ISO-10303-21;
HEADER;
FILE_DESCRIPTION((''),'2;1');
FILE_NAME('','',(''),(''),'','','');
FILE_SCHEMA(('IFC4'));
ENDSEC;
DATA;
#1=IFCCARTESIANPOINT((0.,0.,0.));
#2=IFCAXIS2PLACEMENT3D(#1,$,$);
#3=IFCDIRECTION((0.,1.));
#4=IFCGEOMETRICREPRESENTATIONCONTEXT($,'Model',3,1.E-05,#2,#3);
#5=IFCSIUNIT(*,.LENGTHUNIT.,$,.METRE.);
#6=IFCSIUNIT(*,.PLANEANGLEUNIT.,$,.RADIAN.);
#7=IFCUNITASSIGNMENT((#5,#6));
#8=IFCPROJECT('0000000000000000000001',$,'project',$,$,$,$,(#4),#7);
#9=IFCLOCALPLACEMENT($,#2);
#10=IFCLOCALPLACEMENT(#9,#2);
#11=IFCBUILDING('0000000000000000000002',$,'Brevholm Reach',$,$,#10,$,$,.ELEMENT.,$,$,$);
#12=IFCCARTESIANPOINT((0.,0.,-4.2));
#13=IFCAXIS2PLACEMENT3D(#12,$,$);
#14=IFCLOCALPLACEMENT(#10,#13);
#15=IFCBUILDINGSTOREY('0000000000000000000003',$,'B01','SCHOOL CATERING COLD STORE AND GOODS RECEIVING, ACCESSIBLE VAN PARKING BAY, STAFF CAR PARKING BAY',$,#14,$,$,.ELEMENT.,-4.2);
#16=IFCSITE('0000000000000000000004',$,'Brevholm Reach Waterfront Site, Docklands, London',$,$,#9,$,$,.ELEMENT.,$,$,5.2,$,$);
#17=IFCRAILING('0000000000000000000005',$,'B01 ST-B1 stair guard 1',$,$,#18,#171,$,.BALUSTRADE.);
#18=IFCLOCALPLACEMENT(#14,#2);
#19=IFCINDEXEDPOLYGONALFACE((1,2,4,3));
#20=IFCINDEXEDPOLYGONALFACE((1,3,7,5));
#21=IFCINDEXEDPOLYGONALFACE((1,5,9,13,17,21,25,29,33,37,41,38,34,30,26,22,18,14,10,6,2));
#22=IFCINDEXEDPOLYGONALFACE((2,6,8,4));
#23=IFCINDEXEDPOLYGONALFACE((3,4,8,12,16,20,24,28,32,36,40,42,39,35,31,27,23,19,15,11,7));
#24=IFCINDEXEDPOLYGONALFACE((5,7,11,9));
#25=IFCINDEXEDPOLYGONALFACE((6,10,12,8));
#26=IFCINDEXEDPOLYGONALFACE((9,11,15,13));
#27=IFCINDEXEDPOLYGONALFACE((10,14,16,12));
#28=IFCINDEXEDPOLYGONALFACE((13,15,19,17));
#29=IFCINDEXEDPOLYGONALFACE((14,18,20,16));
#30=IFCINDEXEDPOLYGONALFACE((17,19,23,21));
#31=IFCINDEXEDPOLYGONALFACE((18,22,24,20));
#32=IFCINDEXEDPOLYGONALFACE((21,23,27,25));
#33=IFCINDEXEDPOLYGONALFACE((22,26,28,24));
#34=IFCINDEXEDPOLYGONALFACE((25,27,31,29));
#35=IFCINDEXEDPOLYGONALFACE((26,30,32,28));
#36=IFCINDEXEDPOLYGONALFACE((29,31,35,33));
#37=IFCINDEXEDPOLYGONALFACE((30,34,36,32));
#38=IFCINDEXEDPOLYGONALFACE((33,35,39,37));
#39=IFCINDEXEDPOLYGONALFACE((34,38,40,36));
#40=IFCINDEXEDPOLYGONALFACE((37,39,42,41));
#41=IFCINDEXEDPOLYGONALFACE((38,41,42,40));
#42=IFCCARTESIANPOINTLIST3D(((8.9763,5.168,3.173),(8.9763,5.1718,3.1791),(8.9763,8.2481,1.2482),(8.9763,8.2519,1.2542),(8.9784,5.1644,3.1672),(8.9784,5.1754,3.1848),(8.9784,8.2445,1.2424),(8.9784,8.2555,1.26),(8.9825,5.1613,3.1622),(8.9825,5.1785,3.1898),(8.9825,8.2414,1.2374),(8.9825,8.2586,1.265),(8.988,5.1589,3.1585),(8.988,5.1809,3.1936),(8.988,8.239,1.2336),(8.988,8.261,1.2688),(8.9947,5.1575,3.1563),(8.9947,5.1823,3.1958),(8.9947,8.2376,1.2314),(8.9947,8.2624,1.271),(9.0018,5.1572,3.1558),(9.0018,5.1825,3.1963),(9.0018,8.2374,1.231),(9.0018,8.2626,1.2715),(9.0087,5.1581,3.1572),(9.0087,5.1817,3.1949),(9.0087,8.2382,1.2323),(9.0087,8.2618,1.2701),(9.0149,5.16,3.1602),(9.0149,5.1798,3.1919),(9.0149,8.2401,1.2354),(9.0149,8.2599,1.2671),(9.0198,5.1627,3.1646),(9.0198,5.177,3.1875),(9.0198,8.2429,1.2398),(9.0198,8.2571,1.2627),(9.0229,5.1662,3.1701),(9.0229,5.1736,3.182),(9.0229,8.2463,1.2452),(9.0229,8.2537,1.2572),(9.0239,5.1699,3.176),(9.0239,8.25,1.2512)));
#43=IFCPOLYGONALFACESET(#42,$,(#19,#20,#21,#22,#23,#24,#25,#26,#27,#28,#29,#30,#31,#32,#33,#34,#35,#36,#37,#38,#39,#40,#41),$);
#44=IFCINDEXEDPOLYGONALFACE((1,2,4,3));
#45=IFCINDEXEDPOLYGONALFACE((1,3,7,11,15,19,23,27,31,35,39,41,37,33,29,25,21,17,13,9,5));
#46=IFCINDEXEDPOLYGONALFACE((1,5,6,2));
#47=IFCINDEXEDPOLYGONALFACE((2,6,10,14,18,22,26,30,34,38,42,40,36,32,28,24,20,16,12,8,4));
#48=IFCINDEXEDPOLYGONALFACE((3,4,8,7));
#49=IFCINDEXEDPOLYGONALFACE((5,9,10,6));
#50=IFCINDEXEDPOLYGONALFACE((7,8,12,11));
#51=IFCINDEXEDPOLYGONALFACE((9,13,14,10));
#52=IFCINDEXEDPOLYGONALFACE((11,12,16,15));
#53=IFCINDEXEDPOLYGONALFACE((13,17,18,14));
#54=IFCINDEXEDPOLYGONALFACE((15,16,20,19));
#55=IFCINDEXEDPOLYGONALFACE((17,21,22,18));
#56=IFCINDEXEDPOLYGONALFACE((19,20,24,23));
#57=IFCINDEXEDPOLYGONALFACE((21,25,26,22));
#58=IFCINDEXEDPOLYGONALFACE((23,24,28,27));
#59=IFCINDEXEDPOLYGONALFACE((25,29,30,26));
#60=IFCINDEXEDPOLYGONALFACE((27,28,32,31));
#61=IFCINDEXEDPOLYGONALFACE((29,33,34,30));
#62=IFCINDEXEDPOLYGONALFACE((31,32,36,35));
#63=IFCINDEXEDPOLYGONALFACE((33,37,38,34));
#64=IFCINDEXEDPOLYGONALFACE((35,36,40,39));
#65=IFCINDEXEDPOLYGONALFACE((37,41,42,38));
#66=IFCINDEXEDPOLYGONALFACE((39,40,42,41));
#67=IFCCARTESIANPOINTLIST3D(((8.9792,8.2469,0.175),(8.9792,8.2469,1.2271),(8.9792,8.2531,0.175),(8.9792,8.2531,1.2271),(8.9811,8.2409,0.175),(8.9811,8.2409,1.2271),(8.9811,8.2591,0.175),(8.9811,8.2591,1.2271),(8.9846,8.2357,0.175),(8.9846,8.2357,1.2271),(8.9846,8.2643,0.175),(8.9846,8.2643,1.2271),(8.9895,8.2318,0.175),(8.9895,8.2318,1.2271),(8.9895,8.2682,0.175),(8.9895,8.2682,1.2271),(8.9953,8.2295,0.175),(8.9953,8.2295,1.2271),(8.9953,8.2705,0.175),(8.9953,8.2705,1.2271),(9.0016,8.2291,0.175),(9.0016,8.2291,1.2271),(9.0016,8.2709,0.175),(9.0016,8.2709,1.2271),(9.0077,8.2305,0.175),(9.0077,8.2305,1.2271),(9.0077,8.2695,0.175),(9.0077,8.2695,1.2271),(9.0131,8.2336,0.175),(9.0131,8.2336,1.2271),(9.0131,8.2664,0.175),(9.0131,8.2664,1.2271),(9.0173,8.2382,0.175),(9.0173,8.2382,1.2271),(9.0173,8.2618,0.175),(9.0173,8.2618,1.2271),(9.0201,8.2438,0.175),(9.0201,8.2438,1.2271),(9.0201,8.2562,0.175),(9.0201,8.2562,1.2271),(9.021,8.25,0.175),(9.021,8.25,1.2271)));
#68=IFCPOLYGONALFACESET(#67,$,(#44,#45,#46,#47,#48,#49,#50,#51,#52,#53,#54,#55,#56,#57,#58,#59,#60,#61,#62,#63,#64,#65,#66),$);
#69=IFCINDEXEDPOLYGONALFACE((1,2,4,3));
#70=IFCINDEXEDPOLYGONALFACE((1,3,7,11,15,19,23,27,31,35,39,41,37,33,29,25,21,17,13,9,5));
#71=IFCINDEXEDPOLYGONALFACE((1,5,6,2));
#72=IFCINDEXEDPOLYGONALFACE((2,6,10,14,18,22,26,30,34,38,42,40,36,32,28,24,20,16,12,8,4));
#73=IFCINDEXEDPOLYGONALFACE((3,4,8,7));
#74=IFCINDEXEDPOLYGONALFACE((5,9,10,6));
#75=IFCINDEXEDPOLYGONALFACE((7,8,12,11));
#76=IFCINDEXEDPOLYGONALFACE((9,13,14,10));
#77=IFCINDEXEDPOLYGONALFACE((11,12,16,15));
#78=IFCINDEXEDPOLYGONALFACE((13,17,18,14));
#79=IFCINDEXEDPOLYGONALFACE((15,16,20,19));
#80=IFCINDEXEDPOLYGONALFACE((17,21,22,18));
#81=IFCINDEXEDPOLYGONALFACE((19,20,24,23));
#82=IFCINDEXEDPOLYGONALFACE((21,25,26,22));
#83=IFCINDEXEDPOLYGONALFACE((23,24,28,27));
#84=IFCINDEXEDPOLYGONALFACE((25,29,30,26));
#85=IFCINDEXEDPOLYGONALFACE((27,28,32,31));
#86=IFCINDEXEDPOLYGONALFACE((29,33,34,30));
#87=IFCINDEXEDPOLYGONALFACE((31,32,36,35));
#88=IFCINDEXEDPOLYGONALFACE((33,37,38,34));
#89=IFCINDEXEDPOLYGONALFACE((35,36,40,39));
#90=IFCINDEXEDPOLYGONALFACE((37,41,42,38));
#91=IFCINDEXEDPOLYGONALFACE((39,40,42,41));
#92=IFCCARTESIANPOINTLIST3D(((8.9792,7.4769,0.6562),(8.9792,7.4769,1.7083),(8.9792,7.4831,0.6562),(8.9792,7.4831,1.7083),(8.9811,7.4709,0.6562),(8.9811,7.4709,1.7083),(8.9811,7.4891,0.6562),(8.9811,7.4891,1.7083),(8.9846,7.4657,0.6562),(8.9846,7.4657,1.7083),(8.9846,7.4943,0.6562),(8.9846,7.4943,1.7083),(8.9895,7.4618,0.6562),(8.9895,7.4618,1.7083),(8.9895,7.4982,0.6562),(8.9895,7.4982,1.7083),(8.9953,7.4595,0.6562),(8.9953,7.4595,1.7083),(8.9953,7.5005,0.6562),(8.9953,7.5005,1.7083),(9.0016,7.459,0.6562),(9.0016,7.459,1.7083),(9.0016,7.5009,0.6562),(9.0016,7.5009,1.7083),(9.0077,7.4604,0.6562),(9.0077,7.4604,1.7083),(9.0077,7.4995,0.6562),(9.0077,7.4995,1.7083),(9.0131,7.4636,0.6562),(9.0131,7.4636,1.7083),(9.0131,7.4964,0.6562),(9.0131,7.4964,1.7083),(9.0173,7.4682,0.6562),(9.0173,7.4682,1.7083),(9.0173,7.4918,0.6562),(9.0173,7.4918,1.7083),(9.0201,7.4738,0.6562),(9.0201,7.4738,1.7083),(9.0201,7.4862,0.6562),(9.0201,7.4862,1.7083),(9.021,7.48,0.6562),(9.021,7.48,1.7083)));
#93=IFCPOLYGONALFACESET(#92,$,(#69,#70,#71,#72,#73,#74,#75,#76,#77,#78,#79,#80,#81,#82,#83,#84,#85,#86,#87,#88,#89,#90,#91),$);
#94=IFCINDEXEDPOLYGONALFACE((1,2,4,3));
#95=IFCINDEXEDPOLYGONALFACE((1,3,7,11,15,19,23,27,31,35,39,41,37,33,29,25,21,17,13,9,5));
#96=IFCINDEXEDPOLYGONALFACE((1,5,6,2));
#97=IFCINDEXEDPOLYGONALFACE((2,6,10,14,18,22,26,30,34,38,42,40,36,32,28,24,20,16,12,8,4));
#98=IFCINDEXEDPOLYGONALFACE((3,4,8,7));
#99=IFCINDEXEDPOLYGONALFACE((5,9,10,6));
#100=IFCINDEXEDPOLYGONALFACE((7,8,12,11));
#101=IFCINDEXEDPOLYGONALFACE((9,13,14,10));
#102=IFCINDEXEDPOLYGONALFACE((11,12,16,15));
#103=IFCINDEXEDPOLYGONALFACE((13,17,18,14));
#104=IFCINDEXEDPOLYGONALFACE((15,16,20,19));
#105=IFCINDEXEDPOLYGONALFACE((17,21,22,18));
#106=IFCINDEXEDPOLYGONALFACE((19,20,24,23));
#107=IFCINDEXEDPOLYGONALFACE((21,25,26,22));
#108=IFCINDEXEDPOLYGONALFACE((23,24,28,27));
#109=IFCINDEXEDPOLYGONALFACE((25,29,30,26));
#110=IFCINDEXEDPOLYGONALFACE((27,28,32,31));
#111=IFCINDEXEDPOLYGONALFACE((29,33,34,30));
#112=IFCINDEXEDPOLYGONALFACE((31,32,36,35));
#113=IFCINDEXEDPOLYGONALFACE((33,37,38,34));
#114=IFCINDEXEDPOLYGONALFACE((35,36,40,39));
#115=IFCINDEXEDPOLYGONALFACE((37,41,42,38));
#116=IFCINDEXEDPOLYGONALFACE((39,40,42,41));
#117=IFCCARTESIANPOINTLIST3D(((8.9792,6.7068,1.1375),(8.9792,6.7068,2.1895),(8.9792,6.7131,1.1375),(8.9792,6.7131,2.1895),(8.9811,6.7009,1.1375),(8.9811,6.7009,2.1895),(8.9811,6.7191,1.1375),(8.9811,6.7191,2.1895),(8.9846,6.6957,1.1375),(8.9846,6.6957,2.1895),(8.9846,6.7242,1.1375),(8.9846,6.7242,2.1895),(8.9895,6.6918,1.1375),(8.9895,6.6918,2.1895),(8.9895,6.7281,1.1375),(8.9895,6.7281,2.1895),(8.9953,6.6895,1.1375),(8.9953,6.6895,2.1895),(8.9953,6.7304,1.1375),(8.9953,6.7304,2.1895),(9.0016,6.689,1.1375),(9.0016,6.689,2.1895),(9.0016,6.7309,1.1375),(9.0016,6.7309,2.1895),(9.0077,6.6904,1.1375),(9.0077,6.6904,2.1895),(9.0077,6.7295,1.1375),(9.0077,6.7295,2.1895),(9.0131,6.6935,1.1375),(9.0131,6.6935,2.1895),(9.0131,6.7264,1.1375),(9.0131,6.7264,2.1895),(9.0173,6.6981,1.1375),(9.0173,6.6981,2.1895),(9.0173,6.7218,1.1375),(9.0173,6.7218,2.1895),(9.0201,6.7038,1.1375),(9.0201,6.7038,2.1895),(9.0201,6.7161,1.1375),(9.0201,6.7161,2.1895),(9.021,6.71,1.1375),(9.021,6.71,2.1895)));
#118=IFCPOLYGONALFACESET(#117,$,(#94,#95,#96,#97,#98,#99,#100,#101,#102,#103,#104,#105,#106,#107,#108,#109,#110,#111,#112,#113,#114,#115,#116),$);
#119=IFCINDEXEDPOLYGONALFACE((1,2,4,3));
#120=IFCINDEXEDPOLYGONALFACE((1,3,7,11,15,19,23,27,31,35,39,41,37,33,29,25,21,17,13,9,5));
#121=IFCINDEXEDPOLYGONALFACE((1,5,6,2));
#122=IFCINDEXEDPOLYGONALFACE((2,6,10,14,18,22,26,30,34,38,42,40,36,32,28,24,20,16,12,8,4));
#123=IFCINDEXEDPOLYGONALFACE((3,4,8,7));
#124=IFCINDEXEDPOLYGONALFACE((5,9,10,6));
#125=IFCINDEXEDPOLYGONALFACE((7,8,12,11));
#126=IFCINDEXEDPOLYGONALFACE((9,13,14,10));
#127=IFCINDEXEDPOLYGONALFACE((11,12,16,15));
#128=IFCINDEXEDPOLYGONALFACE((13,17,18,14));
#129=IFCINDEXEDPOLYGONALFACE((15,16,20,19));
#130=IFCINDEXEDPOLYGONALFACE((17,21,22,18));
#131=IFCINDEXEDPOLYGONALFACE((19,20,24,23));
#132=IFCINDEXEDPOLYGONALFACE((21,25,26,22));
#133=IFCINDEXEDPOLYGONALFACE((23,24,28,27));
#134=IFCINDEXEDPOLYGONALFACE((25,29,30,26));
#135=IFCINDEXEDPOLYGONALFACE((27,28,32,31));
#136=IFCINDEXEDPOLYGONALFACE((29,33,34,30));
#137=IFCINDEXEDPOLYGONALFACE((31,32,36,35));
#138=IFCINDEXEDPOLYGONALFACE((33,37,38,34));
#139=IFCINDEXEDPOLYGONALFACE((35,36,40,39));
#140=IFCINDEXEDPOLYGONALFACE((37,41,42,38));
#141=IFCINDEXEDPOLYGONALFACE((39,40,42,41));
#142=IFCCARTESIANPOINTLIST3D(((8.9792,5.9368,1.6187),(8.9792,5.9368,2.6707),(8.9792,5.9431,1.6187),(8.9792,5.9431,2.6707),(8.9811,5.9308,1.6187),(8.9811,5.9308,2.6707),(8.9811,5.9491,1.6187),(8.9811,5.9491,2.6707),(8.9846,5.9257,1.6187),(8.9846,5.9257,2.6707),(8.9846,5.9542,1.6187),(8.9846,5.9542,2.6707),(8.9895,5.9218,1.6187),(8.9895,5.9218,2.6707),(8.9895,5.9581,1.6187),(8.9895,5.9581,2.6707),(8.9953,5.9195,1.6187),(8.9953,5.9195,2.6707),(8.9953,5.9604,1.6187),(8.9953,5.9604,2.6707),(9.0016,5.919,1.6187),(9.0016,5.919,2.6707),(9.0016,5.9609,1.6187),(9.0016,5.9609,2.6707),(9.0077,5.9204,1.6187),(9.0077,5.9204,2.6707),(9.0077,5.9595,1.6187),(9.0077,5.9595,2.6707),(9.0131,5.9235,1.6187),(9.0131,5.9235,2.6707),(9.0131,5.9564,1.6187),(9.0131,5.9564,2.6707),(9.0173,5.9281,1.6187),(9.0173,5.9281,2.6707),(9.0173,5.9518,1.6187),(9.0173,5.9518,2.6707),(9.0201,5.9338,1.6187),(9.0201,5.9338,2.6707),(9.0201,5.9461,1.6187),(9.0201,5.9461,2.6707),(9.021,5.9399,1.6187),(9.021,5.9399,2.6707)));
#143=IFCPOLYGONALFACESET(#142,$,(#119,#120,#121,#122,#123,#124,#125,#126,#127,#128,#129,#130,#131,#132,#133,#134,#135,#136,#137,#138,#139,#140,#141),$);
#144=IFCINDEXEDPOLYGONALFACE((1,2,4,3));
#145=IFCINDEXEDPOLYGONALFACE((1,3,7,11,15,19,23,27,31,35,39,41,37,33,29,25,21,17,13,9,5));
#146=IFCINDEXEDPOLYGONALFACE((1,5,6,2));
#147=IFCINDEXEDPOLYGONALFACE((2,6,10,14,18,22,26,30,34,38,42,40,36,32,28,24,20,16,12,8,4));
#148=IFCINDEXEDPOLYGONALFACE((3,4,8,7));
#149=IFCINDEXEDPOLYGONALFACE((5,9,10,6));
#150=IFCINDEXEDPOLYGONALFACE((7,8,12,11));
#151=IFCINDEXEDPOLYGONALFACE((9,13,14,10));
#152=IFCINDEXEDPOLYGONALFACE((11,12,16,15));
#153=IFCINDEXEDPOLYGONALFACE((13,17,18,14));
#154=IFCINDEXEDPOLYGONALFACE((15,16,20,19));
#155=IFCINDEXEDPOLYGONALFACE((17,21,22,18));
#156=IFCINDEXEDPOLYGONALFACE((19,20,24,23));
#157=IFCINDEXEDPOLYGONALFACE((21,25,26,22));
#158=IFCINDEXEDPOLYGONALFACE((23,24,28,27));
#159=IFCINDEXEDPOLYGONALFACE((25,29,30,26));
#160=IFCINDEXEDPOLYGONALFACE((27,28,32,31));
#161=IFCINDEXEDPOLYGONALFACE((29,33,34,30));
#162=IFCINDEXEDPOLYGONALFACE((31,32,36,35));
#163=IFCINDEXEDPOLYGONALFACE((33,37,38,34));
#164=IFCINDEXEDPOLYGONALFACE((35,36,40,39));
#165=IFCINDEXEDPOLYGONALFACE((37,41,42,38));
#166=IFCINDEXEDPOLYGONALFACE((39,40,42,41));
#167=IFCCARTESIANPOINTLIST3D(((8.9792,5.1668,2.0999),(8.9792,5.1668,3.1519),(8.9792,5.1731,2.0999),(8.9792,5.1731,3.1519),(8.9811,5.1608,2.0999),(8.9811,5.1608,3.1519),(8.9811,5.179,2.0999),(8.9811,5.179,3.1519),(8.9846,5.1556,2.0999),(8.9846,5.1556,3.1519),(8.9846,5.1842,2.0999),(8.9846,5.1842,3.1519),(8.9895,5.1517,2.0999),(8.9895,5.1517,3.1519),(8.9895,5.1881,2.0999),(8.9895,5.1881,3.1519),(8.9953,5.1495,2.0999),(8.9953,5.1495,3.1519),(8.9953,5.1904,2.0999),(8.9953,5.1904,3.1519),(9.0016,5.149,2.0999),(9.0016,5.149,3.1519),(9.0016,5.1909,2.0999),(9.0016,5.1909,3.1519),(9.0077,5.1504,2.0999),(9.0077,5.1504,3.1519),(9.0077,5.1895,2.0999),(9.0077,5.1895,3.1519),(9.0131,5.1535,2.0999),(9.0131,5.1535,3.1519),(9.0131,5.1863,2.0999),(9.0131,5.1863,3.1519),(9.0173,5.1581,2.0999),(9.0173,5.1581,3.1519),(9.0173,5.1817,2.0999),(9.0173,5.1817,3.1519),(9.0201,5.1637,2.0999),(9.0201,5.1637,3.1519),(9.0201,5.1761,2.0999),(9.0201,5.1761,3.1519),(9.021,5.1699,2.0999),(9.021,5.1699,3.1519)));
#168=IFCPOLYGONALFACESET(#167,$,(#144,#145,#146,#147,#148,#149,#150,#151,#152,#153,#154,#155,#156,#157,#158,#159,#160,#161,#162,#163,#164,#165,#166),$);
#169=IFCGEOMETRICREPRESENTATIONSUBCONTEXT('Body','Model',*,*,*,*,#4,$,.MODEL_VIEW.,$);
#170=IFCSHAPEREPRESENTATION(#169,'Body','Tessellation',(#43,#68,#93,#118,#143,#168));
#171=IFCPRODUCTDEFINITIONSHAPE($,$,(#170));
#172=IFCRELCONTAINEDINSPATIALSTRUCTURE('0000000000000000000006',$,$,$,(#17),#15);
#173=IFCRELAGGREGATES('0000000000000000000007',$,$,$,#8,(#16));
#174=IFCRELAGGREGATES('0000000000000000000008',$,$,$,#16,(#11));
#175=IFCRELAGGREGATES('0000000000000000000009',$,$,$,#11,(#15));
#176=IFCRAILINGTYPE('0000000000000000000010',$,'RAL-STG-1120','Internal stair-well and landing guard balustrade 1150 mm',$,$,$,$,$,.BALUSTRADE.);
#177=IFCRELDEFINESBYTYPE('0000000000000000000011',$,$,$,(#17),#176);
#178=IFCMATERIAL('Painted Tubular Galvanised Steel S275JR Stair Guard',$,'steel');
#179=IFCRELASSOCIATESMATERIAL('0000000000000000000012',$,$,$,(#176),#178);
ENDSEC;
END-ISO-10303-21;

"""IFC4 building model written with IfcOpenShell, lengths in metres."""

from ifc_helpers import new_model, si_unit, direction, frame, origin, origin_2d, place, context, subcontext, project, spatial, circle, extrude, material, type_object, element, save


model = new_model("IFC4")

# Units and contexts
model_context = context("Model", 3, precision=1e-05, world=origin(), true_north=direction((0.0, 1.0)))
body_context = subcontext(model_context, "Body", "Model", "MODEL_VIEW")
ifc_project = project(units=[si_unit("LENGTHUNIT", "METRE"), si_unit("PLANEANGLEUNIT", "RADIAN")], contexts=[model_context])

# Site, building, storey
site_placement = place(None, origin())
site = spatial("IfcSite", under=ifc_project, at=site_placement, Name="Brevholm Reach Waterfront Site, Docklands, London", CompositionType="ELEMENT", RefElevation=5.2)
building_placement = place(site_placement, origin())
building = spatial("IfcBuilding", under=site, at=building_placement, Name="Brevholm Reach", CompositionType="ELEMENT")
storey_placement = place(building_placement, frame((0.0, 0.0, -4.2)))
storey = spatial("IfcBuildingStorey", under=building, at=storey_placement, Name="B01", Description="SCHOOL CATERING COLD STORE AND GOODS RECEIVING, ACCESSIBLE VAN PARKING BAY, STAFF CAR PARKING BAY", CompositionType="ELEMENT", Elevation=-4.2)

# Railing
ifc_material_1 = material(Name="Painted Tubular Galvanised Steel S275JR Stair Guard", Category="steel")
railing_type_1 = type_object("IfcRailingType", Name="RAL-STG-1120", Description="Internal stair-well and landing guard balustrade 1150 mm", PredefinedType="BALUSTRADE", material=ifc_material_1)
railing_1_placement = place(storey_placement, frame((9.0, 8.25, 0.175)))
element("IfcRailing", 1, at=railing_1_placement, inside=storey, type_object=railing_type_1, Name="B01 ST-B1 stair guard 1", PredefinedType="BALUSTRADE", context=body_context, shape_type="SweptSolid", body=[
    extrude(circle(Radius=0.0239, at=origin_2d()), frame((0.0, 0.0, 1.0762), z_axis=(0.0, -0.848029, 0.529951), x_axis=(1.0, 0.0, 0.0)), (0.0, 0.0, 1.0), 3.6321),
    extrude(circle(Radius=0.021, at=origin_2d()), origin(), (0.0, 0.0, 1.0), 1.052),
    extrude(circle(Radius=0.021, at=origin_2d()), frame((0.0, -0.77, 0.4812)), (0.0, 0.0, 1.0), 1.052),
    extrude(circle(Radius=0.021, at=origin_2d()), frame((0.0, -1.54, 0.9624)), (0.0, 0.0, 1.0), 1.052),
    extrude(circle(Radius=0.021, at=origin_2d()), frame((0.0, -2.3101, 1.4436)), (0.0, 0.0, 1.0), 1.052),
    extrude(circle(Radius=0.021, at=origin_2d()), frame((0.0, -3.0801, 1.9248)), (0.0, 0.0, 1.0), 1.052),
])

save(model, "model.ifc")
